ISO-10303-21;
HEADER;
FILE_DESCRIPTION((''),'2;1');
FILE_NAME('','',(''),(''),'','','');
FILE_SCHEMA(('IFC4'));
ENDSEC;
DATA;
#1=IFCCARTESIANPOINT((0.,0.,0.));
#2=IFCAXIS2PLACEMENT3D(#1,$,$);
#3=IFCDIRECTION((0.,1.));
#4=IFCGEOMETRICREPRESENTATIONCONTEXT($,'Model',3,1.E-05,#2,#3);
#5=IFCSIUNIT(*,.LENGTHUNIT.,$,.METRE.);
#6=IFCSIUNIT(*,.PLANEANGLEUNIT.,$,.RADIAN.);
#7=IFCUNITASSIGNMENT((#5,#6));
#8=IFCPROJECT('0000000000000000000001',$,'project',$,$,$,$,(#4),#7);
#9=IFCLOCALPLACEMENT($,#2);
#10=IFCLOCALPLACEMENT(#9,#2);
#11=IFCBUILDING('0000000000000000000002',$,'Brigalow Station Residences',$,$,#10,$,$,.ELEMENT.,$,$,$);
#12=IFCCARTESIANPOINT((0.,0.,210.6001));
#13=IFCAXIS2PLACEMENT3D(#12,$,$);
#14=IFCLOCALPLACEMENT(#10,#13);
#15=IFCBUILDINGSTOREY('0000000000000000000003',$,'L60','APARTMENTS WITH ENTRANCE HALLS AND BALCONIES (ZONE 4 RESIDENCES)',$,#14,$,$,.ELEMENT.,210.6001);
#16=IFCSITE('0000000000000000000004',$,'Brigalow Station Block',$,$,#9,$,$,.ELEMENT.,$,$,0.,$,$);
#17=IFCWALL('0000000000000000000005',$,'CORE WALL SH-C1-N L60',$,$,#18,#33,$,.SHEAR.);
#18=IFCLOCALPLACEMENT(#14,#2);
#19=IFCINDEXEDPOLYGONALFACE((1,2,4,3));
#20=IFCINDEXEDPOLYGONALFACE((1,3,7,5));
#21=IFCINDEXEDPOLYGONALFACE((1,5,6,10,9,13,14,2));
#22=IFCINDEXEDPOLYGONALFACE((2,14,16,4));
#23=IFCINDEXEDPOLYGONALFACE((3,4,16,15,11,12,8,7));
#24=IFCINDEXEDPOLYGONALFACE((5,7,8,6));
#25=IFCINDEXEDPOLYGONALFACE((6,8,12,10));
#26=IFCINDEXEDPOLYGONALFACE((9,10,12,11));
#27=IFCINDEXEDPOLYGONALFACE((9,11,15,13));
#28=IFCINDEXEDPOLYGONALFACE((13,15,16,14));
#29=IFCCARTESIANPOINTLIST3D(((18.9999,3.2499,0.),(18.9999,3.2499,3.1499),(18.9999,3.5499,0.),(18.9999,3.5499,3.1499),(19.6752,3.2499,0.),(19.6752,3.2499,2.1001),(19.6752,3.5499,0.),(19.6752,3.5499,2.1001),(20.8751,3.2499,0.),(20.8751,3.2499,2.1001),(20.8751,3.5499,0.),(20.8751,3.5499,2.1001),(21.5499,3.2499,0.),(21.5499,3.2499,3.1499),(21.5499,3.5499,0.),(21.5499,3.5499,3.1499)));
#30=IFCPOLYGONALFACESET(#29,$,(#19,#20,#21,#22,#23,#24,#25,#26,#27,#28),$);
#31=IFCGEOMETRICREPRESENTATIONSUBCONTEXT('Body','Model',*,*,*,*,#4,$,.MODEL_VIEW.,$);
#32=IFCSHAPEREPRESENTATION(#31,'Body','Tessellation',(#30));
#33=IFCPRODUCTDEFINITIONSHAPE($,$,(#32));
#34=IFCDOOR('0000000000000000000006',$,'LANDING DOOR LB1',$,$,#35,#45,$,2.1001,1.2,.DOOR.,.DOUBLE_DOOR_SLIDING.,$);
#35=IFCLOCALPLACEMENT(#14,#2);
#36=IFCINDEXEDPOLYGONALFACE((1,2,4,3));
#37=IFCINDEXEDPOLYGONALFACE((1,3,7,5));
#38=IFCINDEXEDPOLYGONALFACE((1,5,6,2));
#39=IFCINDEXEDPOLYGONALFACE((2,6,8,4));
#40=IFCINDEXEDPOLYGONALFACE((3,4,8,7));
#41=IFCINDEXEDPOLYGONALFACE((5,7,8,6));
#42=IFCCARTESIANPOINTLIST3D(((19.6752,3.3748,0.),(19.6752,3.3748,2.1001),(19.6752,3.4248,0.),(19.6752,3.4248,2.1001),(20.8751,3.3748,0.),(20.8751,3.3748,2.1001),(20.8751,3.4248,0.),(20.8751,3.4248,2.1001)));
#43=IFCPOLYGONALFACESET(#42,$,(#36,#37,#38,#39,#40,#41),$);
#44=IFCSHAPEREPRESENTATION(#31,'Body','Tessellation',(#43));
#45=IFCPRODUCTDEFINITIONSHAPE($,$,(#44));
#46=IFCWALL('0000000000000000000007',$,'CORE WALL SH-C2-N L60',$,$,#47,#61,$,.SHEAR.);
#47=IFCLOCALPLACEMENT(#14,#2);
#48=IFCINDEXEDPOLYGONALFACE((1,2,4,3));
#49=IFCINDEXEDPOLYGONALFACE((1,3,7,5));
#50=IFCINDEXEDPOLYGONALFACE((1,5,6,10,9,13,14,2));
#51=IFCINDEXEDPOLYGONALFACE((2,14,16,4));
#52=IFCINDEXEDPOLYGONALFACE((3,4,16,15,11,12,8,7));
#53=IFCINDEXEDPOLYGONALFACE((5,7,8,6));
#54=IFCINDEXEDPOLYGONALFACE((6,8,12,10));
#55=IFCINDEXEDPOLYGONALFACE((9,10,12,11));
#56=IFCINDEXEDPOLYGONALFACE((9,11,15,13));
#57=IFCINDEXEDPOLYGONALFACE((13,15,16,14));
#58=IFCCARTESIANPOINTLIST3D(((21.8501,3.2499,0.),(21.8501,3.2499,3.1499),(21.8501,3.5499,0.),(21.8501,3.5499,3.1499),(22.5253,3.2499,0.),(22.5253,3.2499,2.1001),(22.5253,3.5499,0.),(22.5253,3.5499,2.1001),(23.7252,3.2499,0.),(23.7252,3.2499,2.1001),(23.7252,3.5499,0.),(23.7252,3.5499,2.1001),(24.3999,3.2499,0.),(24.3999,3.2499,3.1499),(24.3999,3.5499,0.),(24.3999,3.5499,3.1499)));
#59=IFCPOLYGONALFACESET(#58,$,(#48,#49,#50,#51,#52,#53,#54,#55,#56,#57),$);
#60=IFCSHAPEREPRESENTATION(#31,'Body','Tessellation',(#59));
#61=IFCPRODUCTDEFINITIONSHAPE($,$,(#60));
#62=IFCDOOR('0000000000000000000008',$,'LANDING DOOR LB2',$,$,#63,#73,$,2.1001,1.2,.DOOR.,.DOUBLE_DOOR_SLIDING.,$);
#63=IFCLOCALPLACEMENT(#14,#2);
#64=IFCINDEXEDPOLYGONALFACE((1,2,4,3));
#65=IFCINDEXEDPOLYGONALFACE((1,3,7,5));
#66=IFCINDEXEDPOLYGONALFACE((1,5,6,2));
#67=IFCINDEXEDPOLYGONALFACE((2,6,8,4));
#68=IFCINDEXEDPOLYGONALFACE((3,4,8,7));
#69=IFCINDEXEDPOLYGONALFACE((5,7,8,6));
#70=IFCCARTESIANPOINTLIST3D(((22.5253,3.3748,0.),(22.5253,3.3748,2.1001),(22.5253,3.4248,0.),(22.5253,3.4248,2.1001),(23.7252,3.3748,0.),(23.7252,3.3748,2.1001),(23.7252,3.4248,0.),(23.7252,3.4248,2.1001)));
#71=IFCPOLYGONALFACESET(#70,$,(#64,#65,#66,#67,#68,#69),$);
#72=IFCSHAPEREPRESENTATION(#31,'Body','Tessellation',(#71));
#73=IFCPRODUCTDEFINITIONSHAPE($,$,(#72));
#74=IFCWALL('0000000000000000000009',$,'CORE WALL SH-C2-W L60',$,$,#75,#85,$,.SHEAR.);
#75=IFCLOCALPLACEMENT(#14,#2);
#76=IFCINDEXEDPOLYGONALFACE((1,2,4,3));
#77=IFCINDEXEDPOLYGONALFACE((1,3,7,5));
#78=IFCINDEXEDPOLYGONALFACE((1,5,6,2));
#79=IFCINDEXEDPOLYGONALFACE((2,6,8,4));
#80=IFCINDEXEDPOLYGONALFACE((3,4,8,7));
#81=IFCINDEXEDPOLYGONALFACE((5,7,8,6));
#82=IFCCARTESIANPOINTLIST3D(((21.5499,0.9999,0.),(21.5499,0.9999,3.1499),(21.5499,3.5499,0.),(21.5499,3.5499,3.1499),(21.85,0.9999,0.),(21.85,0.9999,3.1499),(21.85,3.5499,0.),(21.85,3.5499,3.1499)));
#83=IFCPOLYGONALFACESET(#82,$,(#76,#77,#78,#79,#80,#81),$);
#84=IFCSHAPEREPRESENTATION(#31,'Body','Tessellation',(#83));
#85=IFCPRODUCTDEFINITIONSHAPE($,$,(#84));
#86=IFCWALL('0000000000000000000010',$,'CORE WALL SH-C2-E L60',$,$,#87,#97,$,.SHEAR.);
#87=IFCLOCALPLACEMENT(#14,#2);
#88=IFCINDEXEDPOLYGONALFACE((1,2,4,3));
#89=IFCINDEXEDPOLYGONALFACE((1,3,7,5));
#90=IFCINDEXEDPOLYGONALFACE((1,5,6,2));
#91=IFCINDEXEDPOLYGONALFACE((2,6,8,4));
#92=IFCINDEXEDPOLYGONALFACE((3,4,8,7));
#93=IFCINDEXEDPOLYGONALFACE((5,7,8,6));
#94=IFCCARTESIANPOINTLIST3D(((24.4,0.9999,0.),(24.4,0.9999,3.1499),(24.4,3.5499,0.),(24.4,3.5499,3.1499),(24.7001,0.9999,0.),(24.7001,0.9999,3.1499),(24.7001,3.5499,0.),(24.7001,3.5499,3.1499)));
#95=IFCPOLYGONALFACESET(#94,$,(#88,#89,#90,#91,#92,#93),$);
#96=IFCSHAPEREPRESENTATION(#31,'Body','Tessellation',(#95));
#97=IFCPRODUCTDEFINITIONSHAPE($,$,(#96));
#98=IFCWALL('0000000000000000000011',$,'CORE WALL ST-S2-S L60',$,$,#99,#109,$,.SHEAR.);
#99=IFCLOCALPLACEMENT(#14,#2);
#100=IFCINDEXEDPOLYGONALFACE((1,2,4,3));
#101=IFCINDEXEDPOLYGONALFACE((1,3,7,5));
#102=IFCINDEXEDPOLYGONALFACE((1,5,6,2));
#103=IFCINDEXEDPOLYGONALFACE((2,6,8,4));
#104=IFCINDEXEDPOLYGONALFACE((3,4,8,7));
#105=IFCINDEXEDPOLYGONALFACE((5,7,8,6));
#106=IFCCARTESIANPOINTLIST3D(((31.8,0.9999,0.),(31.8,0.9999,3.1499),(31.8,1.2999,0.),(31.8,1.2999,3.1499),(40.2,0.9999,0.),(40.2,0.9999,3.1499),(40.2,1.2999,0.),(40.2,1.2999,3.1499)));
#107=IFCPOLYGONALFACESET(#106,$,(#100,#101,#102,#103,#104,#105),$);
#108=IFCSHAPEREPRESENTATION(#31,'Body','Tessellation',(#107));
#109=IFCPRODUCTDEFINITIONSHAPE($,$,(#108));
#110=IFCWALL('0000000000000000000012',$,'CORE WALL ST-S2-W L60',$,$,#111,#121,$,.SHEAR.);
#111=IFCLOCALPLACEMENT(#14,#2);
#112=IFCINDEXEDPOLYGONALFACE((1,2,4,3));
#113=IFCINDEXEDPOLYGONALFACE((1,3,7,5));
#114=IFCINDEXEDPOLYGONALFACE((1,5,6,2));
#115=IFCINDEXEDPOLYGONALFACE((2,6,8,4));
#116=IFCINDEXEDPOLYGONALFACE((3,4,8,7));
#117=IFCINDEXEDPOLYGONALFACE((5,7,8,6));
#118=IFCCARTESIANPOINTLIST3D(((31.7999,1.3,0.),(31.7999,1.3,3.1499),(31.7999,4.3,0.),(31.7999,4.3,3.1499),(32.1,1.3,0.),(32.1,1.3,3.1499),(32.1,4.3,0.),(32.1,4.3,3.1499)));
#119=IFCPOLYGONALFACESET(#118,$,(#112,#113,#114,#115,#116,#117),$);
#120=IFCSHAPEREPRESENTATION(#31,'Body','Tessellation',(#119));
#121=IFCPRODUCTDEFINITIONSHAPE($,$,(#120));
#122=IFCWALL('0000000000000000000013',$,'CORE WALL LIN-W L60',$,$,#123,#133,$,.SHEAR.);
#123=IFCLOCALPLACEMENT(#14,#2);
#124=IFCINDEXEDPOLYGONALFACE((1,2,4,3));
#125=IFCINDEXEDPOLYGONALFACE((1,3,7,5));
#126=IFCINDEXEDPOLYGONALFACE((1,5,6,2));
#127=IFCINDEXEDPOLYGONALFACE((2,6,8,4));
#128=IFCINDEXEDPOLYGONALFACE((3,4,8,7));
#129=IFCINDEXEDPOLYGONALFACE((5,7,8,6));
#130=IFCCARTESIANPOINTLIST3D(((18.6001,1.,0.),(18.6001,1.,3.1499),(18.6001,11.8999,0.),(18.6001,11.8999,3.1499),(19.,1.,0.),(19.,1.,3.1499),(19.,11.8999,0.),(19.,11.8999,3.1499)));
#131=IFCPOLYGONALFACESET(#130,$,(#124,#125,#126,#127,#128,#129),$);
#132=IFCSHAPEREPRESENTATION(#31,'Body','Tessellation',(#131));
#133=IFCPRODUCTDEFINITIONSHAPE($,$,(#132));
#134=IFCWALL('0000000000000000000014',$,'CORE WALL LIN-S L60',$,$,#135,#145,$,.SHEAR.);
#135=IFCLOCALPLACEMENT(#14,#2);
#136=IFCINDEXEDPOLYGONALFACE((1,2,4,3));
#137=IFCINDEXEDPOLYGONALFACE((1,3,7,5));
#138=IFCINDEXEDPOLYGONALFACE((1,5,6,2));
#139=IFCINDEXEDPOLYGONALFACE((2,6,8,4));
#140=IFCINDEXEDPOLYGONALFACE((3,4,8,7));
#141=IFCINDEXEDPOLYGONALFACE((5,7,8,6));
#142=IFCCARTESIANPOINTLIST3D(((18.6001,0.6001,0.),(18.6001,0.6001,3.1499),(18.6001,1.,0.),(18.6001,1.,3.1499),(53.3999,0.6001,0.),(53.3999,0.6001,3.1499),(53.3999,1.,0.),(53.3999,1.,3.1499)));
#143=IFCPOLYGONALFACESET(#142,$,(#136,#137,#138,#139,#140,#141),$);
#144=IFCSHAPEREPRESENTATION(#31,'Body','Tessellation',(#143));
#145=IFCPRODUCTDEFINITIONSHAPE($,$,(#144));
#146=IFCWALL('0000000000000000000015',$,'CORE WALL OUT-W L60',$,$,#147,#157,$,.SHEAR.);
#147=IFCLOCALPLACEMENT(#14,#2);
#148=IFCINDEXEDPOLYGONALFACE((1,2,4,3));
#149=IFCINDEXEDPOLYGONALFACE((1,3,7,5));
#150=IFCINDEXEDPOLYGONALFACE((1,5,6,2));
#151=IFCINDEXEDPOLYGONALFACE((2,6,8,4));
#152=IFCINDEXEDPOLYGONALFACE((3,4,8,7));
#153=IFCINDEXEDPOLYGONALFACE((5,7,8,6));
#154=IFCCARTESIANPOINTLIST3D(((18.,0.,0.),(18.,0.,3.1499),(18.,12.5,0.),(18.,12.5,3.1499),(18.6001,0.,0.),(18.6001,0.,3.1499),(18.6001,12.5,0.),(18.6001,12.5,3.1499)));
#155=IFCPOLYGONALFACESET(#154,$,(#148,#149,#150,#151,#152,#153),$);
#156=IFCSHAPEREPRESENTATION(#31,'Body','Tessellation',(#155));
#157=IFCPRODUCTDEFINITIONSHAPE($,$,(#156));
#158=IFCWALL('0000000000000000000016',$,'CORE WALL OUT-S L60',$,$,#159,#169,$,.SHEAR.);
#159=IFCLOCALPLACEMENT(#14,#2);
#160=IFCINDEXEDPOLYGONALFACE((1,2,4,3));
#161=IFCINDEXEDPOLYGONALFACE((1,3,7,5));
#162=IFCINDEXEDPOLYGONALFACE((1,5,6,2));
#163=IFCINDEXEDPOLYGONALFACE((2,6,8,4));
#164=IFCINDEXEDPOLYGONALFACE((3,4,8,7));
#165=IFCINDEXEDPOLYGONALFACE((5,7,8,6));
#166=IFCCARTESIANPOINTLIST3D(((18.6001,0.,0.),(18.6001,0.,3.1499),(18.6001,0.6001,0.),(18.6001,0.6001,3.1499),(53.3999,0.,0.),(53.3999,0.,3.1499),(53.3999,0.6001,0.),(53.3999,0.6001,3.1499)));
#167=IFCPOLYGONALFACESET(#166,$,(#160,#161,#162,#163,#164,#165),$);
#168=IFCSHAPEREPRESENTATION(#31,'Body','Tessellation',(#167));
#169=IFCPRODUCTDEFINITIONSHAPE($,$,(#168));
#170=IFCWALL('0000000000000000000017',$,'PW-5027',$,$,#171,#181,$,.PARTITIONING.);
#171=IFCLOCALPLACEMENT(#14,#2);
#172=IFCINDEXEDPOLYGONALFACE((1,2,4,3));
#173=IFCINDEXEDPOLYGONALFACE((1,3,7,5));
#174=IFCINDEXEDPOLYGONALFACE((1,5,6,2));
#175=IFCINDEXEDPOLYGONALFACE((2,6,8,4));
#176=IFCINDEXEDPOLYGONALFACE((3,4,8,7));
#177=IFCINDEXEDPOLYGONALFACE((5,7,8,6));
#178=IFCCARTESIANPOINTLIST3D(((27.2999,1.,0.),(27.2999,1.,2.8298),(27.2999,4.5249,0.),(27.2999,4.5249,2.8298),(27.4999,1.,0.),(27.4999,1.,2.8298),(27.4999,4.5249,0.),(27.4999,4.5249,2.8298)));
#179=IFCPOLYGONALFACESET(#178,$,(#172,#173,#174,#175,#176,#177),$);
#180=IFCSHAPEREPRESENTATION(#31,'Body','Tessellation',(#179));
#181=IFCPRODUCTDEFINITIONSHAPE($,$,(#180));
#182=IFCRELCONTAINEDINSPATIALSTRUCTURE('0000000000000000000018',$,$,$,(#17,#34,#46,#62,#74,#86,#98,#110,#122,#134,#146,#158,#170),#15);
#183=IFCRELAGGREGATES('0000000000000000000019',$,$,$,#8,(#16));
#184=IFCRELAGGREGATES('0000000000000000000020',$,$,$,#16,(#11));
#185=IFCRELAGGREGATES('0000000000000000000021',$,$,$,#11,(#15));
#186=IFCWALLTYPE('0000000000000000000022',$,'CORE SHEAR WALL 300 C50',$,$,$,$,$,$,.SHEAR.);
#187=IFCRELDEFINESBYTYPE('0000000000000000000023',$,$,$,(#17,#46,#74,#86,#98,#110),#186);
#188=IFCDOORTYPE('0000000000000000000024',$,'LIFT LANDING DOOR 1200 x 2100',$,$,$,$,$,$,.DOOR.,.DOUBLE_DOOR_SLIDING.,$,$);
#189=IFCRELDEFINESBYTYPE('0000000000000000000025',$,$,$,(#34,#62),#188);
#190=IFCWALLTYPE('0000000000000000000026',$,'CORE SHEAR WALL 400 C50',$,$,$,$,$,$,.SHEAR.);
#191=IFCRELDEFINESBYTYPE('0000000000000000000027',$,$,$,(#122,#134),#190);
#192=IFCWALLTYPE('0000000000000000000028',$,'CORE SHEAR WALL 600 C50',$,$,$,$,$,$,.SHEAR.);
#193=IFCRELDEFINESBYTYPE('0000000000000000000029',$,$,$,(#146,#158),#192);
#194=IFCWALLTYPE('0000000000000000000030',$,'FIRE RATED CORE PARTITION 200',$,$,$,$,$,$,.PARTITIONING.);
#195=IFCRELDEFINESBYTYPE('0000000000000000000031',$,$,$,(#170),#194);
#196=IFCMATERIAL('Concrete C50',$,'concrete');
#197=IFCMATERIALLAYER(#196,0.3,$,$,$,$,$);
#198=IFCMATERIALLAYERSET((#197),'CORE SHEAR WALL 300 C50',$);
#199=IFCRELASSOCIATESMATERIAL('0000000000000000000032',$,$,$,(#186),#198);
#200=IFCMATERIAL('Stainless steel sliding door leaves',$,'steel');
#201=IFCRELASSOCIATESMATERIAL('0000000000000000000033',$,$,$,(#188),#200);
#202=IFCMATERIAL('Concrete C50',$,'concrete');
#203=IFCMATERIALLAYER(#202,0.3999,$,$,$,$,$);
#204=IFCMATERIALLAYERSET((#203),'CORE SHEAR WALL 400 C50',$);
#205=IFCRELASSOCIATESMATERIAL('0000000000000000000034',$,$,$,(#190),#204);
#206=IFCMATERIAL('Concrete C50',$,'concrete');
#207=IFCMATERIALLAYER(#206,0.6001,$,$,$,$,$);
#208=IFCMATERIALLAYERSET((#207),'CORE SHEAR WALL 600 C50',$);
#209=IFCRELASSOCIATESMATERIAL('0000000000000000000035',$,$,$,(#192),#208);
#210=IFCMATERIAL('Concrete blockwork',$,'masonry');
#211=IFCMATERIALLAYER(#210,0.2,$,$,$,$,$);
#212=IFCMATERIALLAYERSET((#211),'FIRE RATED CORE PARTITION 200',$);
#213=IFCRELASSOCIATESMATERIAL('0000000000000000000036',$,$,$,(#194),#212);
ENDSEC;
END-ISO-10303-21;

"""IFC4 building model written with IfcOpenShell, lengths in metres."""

from ifc_helpers import new_model, si_unit, direction, frame, frame_2d, origin, place, context, subcontext, project, spatial, rectangle, extrude, material, layer, layer_set, type_object, element, fill, save


model = new_model("IFC4")

# Units and contexts
model_context = context("Model", 3, precision=1e-05, world=origin(), true_north=direction((0.0, 1.0)))
body_context = subcontext(model_context, "Body", "Model", "MODEL_VIEW")
ifc_project = project(units=[si_unit("LENGTHUNIT", "METRE"), si_unit("PLANEANGLEUNIT", "RADIAN")], contexts=[model_context])

# Site, building, storey
site_placement = place(None, origin())
site = spatial("IfcSite", under=ifc_project, at=site_placement, Name="Brigalow Station Block", CompositionType="ELEMENT", RefElevation=0.0)
building_placement = place(site_placement, origin())
building = spatial("IfcBuilding", under=site, at=building_placement, Name="Brigalow Station Residences", CompositionType="ELEMENT")
storey_placement = place(building_placement, frame((0.0, 0.0, 210.6001)))
storey = spatial("IfcBuildingStorey", under=building, at=storey_placement, Name="L60", Description="APARTMENTS WITH ENTRANCE HALLS AND BALCONIES (ZONE 4 RESIDENCES)", CompositionType="ELEMENT", Elevation=210.6001)

# Walls, openings, doors
ifc_material_1 = material(Name="Concrete C50", Category="concrete")
ifc_layer_1 = layer(ifc_material_1, 0.3)
ifc_layer_set_1 = layer_set([ifc_layer_1], Name="CORE SHEAR WALL 300 C50")
wall_type_1 = type_object("IfcWallType", Name="CORE SHEAR WALL 300 C50", PredefinedType="SHEAR", material=ifc_layer_set_1)
wall_1_placement = place(storey_placement, frame((19.0, 3.3999, 0.0), z_axis=(0.0, 0.0, 1.0), x_axis=(1.0, 0.0, 0.0)))
wall_1 = element("IfcWall", 1, at=wall_1_placement, inside=storey, type_object=wall_type_1, Name="CORE WALL SH-C1-N L60", PredefinedType="SHEAR", context=body_context, shape_type="SweptSolid", body=[
    extrude(rectangle(XDim=2.55, YDim=0.3, at=frame_2d((1.2749, 0.0))), origin(), (0.0, 0.0, 1.0), 3.1499),
])
opening_1_placement = place(wall_1_placement, frame((0.675, 0.0, 0.0)))
opening_1 = element("IfcOpeningElement", 2, at=opening_1_placement, cuts=wall_1, PredefinedType="OPENING", context=body_context, shape_type="SweptSolid", body=[
    extrude(rectangle(XDim=1.2, YDim=2.1001, at=frame_2d((0.6001, 1.05))), frame((0.0, 0.1602, 0.0), z_axis=(0.0, -1.0, 0.0), x_axis=(1.0, 0.0, 0.0)), (0.0, 0.0, 1.0), 0.3201),
])
ifc_material_2 = material(Name="Stainless steel sliding door leaves", Category="steel")
door_type = type_object("IfcDoorType", Name="LIFT LANDING DOOR 1200 x 2100", OperationType="DOUBLE_DOOR_SLIDING", PredefinedType="DOOR", material=ifc_material_2)
door_1_placement = place(opening_1_placement, origin())
door_1 = element("IfcDoor", 3, at=door_1_placement, inside=storey, type_object=door_type, Name="LANDING DOOR LB1", OperationType="DOUBLE_DOOR_SLIDING", OverallHeight=2.1001, OverallWidth=1.2, PredefinedType="DOOR", context=body_context, shape_type="SweptSolid", body=[
    extrude(rectangle(XDim=1.2, YDim=2.1001, at=frame_2d((0.6001, 1.05))), frame((0.0, 0.0249, 0.0), z_axis=(0.0, -1.0, 0.0), x_axis=(1.0, 0.0, 0.0)), (0.0, 0.0, 1.0), 0.05),
])
fill(opening_1, door_1)
wall_2_placement = place(storey_placement, frame((21.8501, 3.3999, 0.0), z_axis=(0.0, 0.0, 1.0), x_axis=(1.0, 0.0, 0.0)))
wall_2 = element("IfcWall", 4, at=wall_2_placement, inside=storey, type_object=wall_type_1, Name="CORE WALL SH-C2-N L60", PredefinedType="SHEAR", context=body_context, shape_type="SweptSolid", body=[
    extrude(rectangle(XDim=2.5498, YDim=0.3, at=frame_2d((1.2749, 0.0))), origin(), (0.0, 0.0, 1.0), 3.1499),
])
opening_2_placement = place(wall_2_placement, frame((0.675, 0.0, 0.0)))
opening_2 = element("IfcOpeningElement", 5, at=opening_2_placement, cuts=wall_2, PredefinedType="OPENING", context=body_context, shape_type="SweptSolid", body=[
    extrude(rectangle(XDim=1.2, YDim=2.1001, at=frame_2d((0.6001, 1.05))), frame((0.0, 0.1602, 0.0), z_axis=(0.0, -1.0, 0.0), x_axis=(1.0, 0.0, 0.0)), (0.0, 0.0, 1.0), 0.3201),
])
door_2_placement = place(opening_2_placement, origin())
door_2 = element("IfcDoor", 6, at=door_2_placement, inside=storey, type_object=door_type, Name="LANDING DOOR LB2", OperationType="DOUBLE_DOOR_SLIDING", OverallHeight=2.1001, OverallWidth=1.2, PredefinedType="DOOR", context=body_context, shape_type="SweptSolid", body=[
    extrude(rectangle(XDim=1.2, YDim=2.1001, at=frame_2d((0.6001, 1.05))), frame((0.0, 0.0249, 0.0), z_axis=(0.0, -1.0, 0.0), x_axis=(1.0, 0.0, 0.0)), (0.0, 0.0, 1.0), 0.05),
])
fill(opening_2, door_2)

# Walls
for number, where, z_axis, x_axis, name in (
    (7, (21.7, 1.0, 0.0), (0.0, 0.0, 1.0), (0.0, 1.0, 0.0), "CORE WALL SH-C2-W L60"),
    (8, (24.55, 1.0, 0.0), (0.0, 0.0, 1.0), (0.0, 1.0, 0.0), "CORE WALL SH-C2-E L60"),
):
    element("IfcWall", number, at=place(storey_placement, frame(where, z_axis=z_axis, x_axis=x_axis)), inside=storey, type_object=wall_type_1, Name=name, PredefinedType="SHEAR", context=body_context, shape_type="SweptSolid", body=[
        extrude(rectangle(XDim=2.55, YDim=0.3, at=frame_2d((1.2749, 0.0))), origin(), (0.0, 0.0, 1.0), 3.1499),
    ])
wall_3_placement = place(storey_placement, frame((31.8, 1.1499, 0.0), z_axis=(0.0, 0.0, 1.0), x_axis=(1.0, 0.0, 0.0)))
element("IfcWall", 9, at=wall_3_placement, inside=storey, type_object=wall_type_1, Name="CORE WALL ST-S2-S L60", PredefinedType="SHEAR", context=body_context, shape_type="SweptSolid", body=[
    extrude(rectangle(XDim=8.3999, YDim=0.3, at=frame_2d((4.2, 0.0))), origin(), (0.0, 0.0, 1.0), 3.1499),
])
wall_4_placement = place(storey_placement, frame((31.95, 1.3, 0.0), z_axis=(0.0, 0.0, 1.0), x_axis=(0.0, 1.0, 0.0)))
element("IfcWall", 10, at=wall_4_placement, inside=storey, type_object=wall_type_1, Name="CORE WALL ST-S2-W L60", PredefinedType="SHEAR", context=body_context, shape_type="SweptSolid", body=[
    extrude(rectangle(XDim=3.0, YDim=0.3, at=frame_2d((1.5, 0.0))), origin(), (0.0, 0.0, 1.0), 3.1499),
])
ifc_material_3 = material(Name="Concrete C50", Category="concrete")
ifc_layer_2 = layer(ifc_material_3, 0.3999)
ifc_layer_set_2 = layer_set([ifc_layer_2], Name="CORE SHEAR WALL 400 C50")
wall_type_2 = type_object("IfcWallType", Name="CORE SHEAR WALL 400 C50", PredefinedType="SHEAR", material=ifc_layer_set_2)
wall_5_placement = place(storey_placement, frame((18.8, 1.0, 0.0), z_axis=(0.0, 0.0, 1.0), x_axis=(0.0, 1.0, 0.0)))
element("IfcWall", 11, at=wall_5_placement, inside=storey, type_object=wall_type_2, Name="CORE WALL LIN-W L60", PredefinedType="SHEAR", context=body_context, shape_type="SweptSolid", body=[
    extrude(rectangle(XDim=10.8999, YDim=0.3999, at=frame_2d((5.45, 0.0))), origin(), (0.0, 0.0, 1.0), 3.1499),
])
wall_6_placement = place(storey_placement, frame((18.6001, 0.8, 0.0), z_axis=(0.0, 0.0, 1.0), x_axis=(1.0, 0.0, 0.0)))
element("IfcWall", 12, at=wall_6_placement, inside=storey, type_object=wall_type_2, Name="CORE WALL LIN-S L60", PredefinedType="SHEAR", context=body_context, shape_type="SweptSolid", body=[
    extrude(rectangle(XDim=34.7998, YDim=0.3999, at=frame_2d((17.3999, 0.0))), origin(), (0.0, 0.0, 1.0), 3.1499),
])
ifc_material_4 = material(Name="Concrete C50", Category="concrete")
ifc_layer_3 = layer(ifc_material_4, 0.6001)
ifc_layer_set_3 = layer_set([ifc_layer_3], Name="CORE SHEAR WALL 600 C50")
wall_type_3 = type_object("IfcWallType", Name="CORE SHEAR WALL 600 C50", PredefinedType="SHEAR", material=ifc_layer_set_3)
wall_7_placement = place(storey_placement, frame((18.3, 0.0, 0.0), z_axis=(0.0, 0.0, 1.0), x_axis=(0.0, 1.0, 0.0)))
element("IfcWall", 13, at=wall_7_placement, inside=storey, type_object=wall_type_3, Name="CORE WALL OUT-W L60", PredefinedType="SHEAR", context=body_context, shape_type="SweptSolid", body=[
    extrude(rectangle(XDim=12.5, YDim=0.6001, at=frame_2d((6.25, 0.0))), origin(), (0.0, 0.0, 1.0), 3.1499),
])
wall_8_placement = place(storey_placement, frame((18.6001, 0.3, 0.0), z_axis=(0.0, 0.0, 1.0), x_axis=(1.0, 0.0, 0.0)))
element("IfcWall", 14, at=wall_8_placement, inside=storey, type_object=wall_type_3, Name="CORE WALL OUT-S L60", PredefinedType="SHEAR", context=body_context, shape_type="SweptSolid", body=[
    extrude(rectangle(XDim=34.7998, YDim=0.6001, at=frame_2d((17.3999, 0.0))), origin(), (0.0, 0.0, 1.0), 3.1499),
])
ifc_material_5 = material(Name="Concrete blockwork", Category="masonry")
ifc_layer_4 = layer(ifc_material_5, 0.2)
ifc_layer_set_4 = layer_set([ifc_layer_4], Name="FIRE RATED CORE PARTITION 200")
wall_type_4 = type_object("IfcWallType", Name="FIRE RATED CORE PARTITION 200", PredefinedType="PARTITIONING", material=ifc_layer_set_4)
wall_9_placement = place(storey_placement, frame((27.3999, 1.0, 0.0), z_axis=(0.0, 0.0, 1.0), x_axis=(0.0, 1.0, 0.0)))
element("IfcWall", 15, at=wall_9_placement, inside=storey, type_object=wall_type_4, Name="PW-5027", PredefinedType="PARTITIONING", context=body_context, shape_type="SweptSolid", body=[
    extrude(rectangle(XDim=3.5249, YDim=0.2, at=frame_2d((1.7625, 0.0))), origin(), (0.0, 0.0, 1.0), 2.8298),
])

save(model, "model.ifc")
